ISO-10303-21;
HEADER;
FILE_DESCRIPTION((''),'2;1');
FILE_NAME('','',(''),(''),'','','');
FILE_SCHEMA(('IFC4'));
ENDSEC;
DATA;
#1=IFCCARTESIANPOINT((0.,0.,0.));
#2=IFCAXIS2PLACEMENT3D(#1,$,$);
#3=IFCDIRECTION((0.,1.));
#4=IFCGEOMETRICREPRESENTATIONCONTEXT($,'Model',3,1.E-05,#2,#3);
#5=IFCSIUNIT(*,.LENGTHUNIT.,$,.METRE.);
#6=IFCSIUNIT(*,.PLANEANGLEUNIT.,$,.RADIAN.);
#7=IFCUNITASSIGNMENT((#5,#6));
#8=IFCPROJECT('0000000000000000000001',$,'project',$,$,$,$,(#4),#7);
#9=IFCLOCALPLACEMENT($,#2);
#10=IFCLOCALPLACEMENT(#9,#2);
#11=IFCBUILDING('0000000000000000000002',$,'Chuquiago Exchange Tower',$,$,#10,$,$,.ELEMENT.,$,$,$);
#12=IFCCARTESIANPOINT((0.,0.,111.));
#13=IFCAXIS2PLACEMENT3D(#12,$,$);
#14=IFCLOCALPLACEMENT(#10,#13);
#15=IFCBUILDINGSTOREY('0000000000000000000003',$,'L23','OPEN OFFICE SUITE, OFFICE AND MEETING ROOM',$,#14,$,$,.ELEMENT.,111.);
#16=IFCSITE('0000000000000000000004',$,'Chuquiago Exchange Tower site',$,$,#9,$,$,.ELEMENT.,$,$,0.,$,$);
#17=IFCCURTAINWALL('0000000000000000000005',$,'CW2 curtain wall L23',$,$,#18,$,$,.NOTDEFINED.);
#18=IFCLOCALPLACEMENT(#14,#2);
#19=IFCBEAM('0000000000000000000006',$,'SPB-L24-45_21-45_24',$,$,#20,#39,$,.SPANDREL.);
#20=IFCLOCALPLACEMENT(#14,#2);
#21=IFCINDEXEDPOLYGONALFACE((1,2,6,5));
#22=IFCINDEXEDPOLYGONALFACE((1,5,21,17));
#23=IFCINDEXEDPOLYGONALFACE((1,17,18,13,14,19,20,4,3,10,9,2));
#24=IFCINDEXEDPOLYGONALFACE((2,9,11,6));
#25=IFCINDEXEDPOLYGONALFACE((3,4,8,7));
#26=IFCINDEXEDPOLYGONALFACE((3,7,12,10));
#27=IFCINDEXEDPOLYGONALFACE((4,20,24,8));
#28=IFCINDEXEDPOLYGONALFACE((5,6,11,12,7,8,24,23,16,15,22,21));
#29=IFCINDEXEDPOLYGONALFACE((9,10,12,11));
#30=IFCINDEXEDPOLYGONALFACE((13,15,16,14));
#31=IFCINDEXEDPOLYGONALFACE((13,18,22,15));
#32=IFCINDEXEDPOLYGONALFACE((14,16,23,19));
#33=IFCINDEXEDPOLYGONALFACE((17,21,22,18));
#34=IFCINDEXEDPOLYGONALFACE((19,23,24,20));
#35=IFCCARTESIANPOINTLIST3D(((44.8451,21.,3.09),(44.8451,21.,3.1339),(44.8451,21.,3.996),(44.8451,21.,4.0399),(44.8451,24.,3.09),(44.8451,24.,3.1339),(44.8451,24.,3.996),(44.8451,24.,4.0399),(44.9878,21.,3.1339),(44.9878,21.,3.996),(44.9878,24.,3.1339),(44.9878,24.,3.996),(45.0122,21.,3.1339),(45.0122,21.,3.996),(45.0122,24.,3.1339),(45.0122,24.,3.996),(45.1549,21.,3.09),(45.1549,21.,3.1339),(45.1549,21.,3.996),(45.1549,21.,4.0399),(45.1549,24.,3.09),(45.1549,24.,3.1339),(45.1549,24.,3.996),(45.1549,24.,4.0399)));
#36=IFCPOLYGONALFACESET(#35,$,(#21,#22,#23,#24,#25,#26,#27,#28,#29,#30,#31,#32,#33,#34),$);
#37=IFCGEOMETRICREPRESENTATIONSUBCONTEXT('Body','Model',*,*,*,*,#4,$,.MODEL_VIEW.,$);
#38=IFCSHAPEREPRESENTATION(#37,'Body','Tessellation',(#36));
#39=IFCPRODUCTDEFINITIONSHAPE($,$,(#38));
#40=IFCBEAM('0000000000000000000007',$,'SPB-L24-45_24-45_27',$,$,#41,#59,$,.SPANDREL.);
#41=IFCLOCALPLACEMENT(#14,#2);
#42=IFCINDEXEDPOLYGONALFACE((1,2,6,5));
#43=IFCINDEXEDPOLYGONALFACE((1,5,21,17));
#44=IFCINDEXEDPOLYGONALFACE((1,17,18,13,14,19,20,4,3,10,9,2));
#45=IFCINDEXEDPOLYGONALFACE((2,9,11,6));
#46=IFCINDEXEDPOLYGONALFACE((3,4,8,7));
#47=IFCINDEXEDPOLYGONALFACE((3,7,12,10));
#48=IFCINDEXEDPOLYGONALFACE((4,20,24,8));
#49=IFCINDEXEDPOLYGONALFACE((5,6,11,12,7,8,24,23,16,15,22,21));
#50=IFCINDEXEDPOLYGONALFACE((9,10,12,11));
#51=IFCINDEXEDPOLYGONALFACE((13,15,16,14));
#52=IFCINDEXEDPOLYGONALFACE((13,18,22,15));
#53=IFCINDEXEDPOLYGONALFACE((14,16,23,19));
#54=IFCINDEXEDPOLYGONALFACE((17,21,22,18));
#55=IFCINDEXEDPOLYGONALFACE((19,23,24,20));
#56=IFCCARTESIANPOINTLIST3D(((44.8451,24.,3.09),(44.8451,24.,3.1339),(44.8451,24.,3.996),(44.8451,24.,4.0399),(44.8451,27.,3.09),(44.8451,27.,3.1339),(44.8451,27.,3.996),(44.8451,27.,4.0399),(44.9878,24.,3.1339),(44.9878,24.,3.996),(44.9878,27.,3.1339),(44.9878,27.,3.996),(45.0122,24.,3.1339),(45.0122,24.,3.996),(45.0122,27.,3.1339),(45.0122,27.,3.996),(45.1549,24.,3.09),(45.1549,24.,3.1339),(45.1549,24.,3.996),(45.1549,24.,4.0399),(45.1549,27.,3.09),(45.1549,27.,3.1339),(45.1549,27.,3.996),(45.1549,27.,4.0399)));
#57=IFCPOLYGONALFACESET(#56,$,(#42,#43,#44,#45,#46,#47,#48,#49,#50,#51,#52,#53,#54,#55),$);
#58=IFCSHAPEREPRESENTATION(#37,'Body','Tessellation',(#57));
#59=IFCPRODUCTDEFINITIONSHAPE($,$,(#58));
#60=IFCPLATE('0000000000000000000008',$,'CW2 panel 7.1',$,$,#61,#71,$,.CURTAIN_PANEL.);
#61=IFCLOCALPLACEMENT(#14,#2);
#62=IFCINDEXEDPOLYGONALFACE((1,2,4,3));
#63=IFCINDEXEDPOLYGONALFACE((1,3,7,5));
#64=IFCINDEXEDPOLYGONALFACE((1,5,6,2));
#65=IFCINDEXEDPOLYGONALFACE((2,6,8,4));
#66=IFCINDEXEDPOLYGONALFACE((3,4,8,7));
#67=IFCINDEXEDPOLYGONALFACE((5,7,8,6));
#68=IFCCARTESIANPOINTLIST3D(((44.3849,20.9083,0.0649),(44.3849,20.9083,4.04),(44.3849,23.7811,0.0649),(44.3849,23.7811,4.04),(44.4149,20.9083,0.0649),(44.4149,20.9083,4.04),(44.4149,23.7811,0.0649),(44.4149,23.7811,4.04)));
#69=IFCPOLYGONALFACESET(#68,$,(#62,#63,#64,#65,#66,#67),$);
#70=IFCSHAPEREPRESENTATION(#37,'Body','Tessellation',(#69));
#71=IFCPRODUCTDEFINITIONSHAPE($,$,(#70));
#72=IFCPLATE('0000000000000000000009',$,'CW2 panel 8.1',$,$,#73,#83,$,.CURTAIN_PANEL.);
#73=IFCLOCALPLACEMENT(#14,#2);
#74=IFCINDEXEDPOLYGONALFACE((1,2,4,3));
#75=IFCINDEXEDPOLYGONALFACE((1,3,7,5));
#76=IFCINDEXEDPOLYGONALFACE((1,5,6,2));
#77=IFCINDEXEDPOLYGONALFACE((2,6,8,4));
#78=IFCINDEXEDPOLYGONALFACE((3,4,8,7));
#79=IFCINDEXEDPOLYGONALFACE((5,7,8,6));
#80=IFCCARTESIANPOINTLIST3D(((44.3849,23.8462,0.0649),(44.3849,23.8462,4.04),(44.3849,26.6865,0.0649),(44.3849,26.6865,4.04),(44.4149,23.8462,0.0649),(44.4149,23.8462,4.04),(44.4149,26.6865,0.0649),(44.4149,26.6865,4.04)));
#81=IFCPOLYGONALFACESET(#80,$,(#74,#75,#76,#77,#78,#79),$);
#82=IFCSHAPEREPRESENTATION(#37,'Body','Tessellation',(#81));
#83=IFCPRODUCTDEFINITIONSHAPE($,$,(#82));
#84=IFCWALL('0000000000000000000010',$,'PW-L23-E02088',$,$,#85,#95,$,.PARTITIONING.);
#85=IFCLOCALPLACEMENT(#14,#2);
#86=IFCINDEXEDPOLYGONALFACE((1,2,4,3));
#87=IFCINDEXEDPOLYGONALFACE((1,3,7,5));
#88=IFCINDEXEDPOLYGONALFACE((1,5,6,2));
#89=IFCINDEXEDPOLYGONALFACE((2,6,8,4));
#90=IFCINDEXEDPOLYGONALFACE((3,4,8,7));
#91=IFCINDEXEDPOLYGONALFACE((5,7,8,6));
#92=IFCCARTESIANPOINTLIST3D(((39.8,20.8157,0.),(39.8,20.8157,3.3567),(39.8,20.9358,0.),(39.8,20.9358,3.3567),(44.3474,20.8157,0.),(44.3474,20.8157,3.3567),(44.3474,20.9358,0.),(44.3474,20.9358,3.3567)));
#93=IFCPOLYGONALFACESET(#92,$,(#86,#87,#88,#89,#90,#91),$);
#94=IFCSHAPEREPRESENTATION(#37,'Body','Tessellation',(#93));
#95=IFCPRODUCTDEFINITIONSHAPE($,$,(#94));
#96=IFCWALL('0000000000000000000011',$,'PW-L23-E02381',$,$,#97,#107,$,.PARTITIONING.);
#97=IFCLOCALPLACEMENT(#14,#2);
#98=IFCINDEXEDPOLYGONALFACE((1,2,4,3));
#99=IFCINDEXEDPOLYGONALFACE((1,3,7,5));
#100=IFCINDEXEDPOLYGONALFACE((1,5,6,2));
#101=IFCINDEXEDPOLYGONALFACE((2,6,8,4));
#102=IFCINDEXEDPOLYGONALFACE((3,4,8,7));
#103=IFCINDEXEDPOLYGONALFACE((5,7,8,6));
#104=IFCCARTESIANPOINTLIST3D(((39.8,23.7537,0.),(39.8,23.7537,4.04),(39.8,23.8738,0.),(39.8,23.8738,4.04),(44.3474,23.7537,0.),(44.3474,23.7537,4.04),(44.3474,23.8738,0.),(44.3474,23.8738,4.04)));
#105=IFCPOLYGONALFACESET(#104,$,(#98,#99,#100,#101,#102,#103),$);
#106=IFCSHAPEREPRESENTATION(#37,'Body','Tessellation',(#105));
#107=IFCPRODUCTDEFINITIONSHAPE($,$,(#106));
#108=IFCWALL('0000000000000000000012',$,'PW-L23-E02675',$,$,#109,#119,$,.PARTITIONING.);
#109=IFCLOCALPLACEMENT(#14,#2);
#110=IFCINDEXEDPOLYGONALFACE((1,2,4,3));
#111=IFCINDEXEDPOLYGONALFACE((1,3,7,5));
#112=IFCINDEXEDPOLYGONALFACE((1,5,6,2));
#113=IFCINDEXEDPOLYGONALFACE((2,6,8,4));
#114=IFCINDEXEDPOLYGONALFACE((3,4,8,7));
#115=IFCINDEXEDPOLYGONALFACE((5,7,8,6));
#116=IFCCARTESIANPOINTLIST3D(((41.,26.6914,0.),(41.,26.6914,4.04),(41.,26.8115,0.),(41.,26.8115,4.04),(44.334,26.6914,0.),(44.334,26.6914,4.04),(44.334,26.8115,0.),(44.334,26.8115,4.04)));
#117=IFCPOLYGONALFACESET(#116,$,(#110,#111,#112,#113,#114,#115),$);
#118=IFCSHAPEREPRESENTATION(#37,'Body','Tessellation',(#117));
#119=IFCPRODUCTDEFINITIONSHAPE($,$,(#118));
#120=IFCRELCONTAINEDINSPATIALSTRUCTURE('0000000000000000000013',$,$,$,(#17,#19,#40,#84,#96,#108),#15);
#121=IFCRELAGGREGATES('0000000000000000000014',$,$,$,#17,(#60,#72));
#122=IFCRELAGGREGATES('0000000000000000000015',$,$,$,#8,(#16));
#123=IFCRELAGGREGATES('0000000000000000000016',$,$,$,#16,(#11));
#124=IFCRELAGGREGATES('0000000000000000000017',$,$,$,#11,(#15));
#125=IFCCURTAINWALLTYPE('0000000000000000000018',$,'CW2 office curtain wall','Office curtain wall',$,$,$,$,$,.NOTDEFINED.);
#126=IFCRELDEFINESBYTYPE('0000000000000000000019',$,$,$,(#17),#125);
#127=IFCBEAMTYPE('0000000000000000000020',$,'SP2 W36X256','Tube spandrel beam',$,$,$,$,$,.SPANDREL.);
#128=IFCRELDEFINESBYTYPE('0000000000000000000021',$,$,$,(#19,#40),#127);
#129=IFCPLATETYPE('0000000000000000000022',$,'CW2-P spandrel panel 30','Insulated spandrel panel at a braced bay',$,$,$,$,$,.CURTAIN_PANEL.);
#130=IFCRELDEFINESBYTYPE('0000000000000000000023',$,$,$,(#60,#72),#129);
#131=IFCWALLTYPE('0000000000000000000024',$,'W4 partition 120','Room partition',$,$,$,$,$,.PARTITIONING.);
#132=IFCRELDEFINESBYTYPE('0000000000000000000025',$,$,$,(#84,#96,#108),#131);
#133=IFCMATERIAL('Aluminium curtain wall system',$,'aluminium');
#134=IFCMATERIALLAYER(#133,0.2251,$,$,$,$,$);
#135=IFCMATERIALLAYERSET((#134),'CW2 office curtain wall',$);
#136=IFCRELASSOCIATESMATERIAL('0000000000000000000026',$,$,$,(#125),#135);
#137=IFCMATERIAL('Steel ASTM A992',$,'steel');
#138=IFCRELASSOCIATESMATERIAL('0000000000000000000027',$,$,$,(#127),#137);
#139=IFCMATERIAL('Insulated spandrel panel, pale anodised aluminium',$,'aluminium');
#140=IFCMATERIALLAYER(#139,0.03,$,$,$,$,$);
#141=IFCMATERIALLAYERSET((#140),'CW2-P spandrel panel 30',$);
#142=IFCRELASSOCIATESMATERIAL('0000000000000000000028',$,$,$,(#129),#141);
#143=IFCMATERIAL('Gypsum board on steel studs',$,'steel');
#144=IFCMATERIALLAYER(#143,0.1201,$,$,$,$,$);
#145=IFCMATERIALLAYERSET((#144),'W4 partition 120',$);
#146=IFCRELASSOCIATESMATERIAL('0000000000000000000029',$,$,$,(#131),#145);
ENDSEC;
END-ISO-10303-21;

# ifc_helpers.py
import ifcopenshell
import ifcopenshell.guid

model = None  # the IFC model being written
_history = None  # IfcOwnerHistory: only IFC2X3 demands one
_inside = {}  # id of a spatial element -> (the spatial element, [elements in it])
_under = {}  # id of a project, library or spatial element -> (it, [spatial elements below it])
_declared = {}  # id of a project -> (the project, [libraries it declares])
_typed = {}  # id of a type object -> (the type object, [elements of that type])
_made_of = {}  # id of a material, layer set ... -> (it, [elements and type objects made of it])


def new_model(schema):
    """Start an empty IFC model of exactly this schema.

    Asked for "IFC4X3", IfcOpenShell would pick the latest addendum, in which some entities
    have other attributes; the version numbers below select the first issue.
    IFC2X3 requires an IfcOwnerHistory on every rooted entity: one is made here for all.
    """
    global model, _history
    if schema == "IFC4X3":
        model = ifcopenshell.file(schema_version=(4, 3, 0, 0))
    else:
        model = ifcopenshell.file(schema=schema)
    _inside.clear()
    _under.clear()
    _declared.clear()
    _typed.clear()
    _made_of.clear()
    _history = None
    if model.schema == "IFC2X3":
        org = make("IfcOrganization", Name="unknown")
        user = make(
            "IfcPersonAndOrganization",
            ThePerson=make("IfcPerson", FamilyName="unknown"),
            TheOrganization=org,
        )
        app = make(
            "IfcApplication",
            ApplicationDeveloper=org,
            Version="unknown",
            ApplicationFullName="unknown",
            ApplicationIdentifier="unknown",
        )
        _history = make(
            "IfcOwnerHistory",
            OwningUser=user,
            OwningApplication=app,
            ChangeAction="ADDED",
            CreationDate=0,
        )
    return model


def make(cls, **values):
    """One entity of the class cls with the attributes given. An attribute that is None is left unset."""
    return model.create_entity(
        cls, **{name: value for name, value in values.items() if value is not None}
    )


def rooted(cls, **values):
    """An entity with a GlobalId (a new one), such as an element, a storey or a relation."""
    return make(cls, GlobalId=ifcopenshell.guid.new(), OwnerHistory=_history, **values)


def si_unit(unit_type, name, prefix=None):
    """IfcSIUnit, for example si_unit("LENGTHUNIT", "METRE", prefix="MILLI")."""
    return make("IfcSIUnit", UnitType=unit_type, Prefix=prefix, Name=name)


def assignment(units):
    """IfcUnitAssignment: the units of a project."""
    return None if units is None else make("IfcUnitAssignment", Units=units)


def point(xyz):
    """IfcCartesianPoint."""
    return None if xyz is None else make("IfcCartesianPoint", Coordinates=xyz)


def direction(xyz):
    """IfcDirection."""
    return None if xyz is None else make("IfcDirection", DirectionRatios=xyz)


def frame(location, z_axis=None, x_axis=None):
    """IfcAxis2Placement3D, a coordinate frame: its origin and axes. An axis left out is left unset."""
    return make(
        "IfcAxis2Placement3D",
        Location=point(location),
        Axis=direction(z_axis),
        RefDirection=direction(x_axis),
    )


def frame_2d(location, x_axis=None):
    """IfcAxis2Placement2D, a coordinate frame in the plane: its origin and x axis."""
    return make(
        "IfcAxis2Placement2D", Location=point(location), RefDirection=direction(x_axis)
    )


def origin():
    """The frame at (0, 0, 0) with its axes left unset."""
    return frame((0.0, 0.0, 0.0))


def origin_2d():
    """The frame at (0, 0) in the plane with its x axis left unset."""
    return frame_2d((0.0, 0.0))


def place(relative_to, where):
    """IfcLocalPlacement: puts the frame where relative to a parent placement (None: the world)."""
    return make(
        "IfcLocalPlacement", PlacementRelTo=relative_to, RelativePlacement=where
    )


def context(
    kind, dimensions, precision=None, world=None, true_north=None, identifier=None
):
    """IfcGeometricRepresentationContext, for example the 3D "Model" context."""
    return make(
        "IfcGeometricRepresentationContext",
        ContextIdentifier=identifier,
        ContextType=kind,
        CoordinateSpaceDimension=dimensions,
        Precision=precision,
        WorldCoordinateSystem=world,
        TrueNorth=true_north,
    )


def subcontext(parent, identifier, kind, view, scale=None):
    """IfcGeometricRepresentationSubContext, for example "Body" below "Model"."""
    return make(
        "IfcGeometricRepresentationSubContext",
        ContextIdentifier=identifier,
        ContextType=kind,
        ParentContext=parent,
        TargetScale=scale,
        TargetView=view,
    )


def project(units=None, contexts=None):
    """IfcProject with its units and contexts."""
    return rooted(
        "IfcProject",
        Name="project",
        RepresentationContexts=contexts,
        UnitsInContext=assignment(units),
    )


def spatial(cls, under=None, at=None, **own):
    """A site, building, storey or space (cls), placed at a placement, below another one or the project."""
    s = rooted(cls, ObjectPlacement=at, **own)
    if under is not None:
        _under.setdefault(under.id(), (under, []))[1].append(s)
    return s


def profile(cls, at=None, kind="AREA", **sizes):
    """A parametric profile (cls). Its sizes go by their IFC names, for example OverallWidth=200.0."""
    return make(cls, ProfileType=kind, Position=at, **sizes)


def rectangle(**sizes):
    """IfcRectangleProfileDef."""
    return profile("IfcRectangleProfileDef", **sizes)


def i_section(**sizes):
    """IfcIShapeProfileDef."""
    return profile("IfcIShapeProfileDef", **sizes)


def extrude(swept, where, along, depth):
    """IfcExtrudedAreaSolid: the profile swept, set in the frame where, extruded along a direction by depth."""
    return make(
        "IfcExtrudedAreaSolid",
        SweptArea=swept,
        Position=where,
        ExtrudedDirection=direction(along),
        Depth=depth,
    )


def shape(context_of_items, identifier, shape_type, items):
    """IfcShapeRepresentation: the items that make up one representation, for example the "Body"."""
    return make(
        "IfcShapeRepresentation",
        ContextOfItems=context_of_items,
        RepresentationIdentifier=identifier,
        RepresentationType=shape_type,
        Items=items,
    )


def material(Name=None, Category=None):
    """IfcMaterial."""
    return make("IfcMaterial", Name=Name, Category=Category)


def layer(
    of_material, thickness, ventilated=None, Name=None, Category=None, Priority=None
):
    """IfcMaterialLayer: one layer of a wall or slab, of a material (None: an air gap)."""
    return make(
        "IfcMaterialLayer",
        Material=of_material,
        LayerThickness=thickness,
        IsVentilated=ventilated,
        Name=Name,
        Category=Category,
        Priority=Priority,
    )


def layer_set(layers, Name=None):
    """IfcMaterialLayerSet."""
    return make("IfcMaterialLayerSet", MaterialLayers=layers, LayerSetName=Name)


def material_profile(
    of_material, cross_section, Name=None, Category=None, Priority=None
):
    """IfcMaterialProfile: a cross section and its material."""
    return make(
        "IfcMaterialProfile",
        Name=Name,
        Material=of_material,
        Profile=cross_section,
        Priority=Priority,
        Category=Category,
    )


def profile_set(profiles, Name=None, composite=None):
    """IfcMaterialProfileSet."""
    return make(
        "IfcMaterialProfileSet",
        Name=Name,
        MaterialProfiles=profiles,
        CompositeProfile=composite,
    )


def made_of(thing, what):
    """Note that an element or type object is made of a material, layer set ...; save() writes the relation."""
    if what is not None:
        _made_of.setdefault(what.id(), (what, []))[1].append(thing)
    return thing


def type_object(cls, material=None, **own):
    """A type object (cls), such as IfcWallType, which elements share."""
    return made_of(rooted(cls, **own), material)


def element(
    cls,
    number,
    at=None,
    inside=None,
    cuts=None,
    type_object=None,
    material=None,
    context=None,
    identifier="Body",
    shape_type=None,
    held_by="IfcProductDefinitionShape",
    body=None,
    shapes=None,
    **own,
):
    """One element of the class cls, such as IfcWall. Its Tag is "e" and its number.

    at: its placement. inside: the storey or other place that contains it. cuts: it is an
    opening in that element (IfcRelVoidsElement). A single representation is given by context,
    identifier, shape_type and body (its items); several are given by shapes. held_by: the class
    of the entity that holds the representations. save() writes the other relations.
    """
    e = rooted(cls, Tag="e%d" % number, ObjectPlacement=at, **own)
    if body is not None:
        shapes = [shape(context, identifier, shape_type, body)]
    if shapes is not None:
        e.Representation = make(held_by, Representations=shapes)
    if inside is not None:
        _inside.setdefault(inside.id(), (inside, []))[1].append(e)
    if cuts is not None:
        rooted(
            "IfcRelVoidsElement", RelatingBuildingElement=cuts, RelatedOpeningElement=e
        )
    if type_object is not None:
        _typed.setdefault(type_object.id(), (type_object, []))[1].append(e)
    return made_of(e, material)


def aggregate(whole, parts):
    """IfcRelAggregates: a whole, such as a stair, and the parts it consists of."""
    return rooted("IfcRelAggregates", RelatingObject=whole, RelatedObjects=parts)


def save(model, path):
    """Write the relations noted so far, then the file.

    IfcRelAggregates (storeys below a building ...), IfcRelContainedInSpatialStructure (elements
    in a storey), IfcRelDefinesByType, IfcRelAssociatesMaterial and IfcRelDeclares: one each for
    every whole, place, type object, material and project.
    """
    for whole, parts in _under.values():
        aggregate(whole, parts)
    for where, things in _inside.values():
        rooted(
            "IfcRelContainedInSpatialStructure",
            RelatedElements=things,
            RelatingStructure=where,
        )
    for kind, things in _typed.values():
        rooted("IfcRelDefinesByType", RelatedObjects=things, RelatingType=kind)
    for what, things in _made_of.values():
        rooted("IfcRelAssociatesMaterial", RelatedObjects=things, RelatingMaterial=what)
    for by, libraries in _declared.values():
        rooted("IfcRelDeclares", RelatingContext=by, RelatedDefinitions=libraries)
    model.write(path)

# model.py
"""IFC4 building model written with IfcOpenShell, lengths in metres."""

from ifc_helpers import new_model, si_unit, direction, frame, frame_2d, origin, origin_2d, place, context, subcontext, project, spatial, rectangle, i_section, extrude, material, layer, layer_set, material_profile, profile_set, type_object, element, aggregate, save


model = new_model("IFC4")

# Units and contexts
model_context = context("Model", 3, precision=1e-05, world=origin(), true_north=direction((0.0, 1.0)))
body_context = subcontext(model_context, "Body", "Model", "MODEL_VIEW")
ifc_project = project(units=[si_unit("LENGTHUNIT", "METRE"), si_unit("PLANEANGLEUNIT", "RADIAN")], contexts=[model_context])

# Site, building, storey
site_placement = place(None, origin())
site = spatial("IfcSite", under=ifc_project, at=site_placement, Name="Chuquiago Exchange Tower site", CompositionType="ELEMENT", RefElevation=0.0)
building_placement = place(site_placement, origin())
building = spatial("IfcBuilding", under=site, at=building_placement, Name="Chuquiago Exchange Tower", CompositionType="ELEMENT")
storey_placement = place(building_placement, frame((0.0, 0.0, 111.0)))
storey = spatial("IfcBuildingStorey", under=building, at=storey_placement, Name="L23", Description="OPEN OFFICE SUITE, OFFICE AND MEETING ROOM", CompositionType="ELEMENT", Elevation=111.0)

# Curtain wall
ifc_material_1 = material(Name="Aluminium curtain wall system", Category="aluminium")
ifc_layer_1 = layer(ifc_material_1, 0.2251)
ifc_layer_set_1 = layer_set([ifc_layer_1], Name="CW2 office curtain wall")
curtain_wall_type_1 = type_object("IfcCurtainWallType", Name="CW2 office curtain wall", Description="Office curtain wall", PredefinedType="NOTDEFINED", material=ifc_layer_set_1)
curtain_wall_1_placement = place(storey_placement, origin())
curtain_wall_1 = element("IfcCurtainWall", 1, at=curtain_wall_1_placement, inside=storey, type_object=curtain_wall_type_1, Name="CW2 curtain wall L23", PredefinedType="NOTDEFINED")

# Beams
ifc_material_2 = material(Name="Steel ASTM A992", Category="steel")
ifc_material_profile_1 = material_profile(ifc_material_2, i_section(OverallWidth=0.3098, OverallDepth=0.95, WebThickness=0.0244, FlangeThickness=0.0439, at=origin_2d()), Name="W36X256")
ifc_profile_set_1 = profile_set([ifc_material_profile_1], Name="Steel ASTM A992")
beam_type = type_object("IfcBeamType", Name="SP2 W36X256", Description="Tube spandrel beam", PredefinedType="SPANDREL", material=ifc_profile_set_1)
for number, where, z_axis, x_axis, name in (
    (2, (45.0, 21.0, 3.5649), (0.0, 1.0, 0.0), (-1.0, 0.0, 0.0), "SPB-L24-45_21-45_24"),
    (3, (45.0, 24.0, 3.5649), (0.0, 1.0, 0.0), (-1.0, 0.0, 0.0), "SPB-L24-45_24-45_27"),
):
    element("IfcBeam", number, at=place(storey_placement, frame(where, z_axis=z_axis, x_axis=x_axis)), inside=storey, type_object=beam_type, Name=name, PredefinedType="SPANDREL", context=body_context, shape_type="SweptSolid", body=[
        extrude(i_section(OverallWidth=0.3098, OverallDepth=0.95, WebThickness=0.0244, FlangeThickness=0.0439, at=origin_2d()), origin(), (0.0, 0.0, 1.0), 3.0),
    ])

# Plates
ifc_material_3 = material(Name="Insulated spandrel panel, pale anodised aluminium", Category="aluminium")
ifc_layer_2 = layer(ifc_material_3, 0.03)
ifc_layer_set_2 = layer_set([ifc_layer_2], Name="CW2-P spandrel panel 30")
plate_type = type_object("IfcPlateType", Name="CW2-P spandrel panel 30", Description="Insulated spandrel panel at a braced bay", PredefinedType="CURTAIN_PANEL", material=ifc_layer_set_2)
plate_1_placement = place(storey_placement, frame((44.3999, 22.3447, 0.0649), z_axis=(0.0, 0.0, 1.0), x_axis=(0.0, 1.0, 0.0)))
plate_1 = element("IfcPlate", 4, at=plate_1_placement, type_object=plate_type, Name="CW2 panel 7.1", PredefinedType="CURTAIN_PANEL", context=body_context, shape_type="SweptSolid", body=[
    extrude(rectangle(XDim=2.8728, YDim=0.03, at=origin_2d()), origin(), (0.0, 0.0, 1.0), 3.9751),
])
plate_2_placement = place(storey_placement, frame((44.3999, 25.2664, 0.0649), z_axis=(0.0, 0.0, 1.0), x_axis=(0.0, 1.0, 0.0)))
plate_2 = element("IfcPlate", 5, at=plate_2_placement, type_object=plate_type, Name="CW2 panel 8.1", PredefinedType="CURTAIN_PANEL", context=body_context, shape_type="SweptSolid", body=[
    extrude(rectangle(XDim=2.8403, YDim=0.03, at=origin_2d()), origin(), (0.0, 0.0, 1.0), 3.9751),
])
aggregate(curtain_wall_1, [plate_1, plate_2])

# Walls
ifc_material_4 = material(Name="Gypsum board on steel studs", Category="steel")
ifc_layer_3 = layer(ifc_material_4, 0.1201)
ifc_layer_set_3 = layer_set([ifc_layer_3], Name="W4 partition 120")
wall_type = type_object("IfcWallType", Name="W4 partition 120", Description="Room partition", PredefinedType="PARTITIONING", material=ifc_layer_set_3)
wall_1_placement = place(storey_placement, frame((44.3474, 20.8757, 0.0), z_axis=(0.0, 0.0, 1.0), x_axis=(-1.0, 0.0, 0.0)))
element("IfcWall", 6, at=wall_1_placement, inside=storey, type_object=wall_type, Name="PW-L23-E02088", PredefinedType="PARTITIONING", context=body_context, shape_type="SweptSolid", body=[
    extrude(rectangle(XDim=4.5474, YDim=0.1201, at=frame_2d((2.2737, 0.0))), origin(), (0.0, 0.0, 1.0), 3.3567),
])
wall_2_placement = place(storey_placement, frame((44.3474, 23.8137, 0.0), z_axis=(0.0, 0.0, 1.0), x_axis=(-1.0, 0.0, 0.0)))
element("IfcWall", 7, at=wall_2_placement, inside=storey, type_object=wall_type, Name="PW-L23-E02381", PredefinedType="PARTITIONING", context=body_context, shape_type="SweptSolid", body=[
    extrude(rectangle(XDim=4.5474, YDim=0.1201, at=frame_2d((2.2737, 0.0))), origin(), (0.0, 0.0, 1.0), 4.04),
])
wall_3_placement = place(storey_placement, frame((44.334, 26.7515, 0.0), z_axis=(0.0, 0.0, 1.0), x_axis=(-1.0, 0.0, 0.0)))
element("IfcWall", 8, at=wall_3_placement, inside=storey, type_object=wall_type, Name="PW-L23-E02675", PredefinedType="PARTITIONING", context=body_context, shape_type="SweptSolid", body=[
    extrude(rectangle(XDim=3.334, YDim=0.1201, at=frame_2d((1.667, 0.0))), origin(), (0.0, 0.0, 1.0), 4.04),
])

save(model, "model.ifc")
